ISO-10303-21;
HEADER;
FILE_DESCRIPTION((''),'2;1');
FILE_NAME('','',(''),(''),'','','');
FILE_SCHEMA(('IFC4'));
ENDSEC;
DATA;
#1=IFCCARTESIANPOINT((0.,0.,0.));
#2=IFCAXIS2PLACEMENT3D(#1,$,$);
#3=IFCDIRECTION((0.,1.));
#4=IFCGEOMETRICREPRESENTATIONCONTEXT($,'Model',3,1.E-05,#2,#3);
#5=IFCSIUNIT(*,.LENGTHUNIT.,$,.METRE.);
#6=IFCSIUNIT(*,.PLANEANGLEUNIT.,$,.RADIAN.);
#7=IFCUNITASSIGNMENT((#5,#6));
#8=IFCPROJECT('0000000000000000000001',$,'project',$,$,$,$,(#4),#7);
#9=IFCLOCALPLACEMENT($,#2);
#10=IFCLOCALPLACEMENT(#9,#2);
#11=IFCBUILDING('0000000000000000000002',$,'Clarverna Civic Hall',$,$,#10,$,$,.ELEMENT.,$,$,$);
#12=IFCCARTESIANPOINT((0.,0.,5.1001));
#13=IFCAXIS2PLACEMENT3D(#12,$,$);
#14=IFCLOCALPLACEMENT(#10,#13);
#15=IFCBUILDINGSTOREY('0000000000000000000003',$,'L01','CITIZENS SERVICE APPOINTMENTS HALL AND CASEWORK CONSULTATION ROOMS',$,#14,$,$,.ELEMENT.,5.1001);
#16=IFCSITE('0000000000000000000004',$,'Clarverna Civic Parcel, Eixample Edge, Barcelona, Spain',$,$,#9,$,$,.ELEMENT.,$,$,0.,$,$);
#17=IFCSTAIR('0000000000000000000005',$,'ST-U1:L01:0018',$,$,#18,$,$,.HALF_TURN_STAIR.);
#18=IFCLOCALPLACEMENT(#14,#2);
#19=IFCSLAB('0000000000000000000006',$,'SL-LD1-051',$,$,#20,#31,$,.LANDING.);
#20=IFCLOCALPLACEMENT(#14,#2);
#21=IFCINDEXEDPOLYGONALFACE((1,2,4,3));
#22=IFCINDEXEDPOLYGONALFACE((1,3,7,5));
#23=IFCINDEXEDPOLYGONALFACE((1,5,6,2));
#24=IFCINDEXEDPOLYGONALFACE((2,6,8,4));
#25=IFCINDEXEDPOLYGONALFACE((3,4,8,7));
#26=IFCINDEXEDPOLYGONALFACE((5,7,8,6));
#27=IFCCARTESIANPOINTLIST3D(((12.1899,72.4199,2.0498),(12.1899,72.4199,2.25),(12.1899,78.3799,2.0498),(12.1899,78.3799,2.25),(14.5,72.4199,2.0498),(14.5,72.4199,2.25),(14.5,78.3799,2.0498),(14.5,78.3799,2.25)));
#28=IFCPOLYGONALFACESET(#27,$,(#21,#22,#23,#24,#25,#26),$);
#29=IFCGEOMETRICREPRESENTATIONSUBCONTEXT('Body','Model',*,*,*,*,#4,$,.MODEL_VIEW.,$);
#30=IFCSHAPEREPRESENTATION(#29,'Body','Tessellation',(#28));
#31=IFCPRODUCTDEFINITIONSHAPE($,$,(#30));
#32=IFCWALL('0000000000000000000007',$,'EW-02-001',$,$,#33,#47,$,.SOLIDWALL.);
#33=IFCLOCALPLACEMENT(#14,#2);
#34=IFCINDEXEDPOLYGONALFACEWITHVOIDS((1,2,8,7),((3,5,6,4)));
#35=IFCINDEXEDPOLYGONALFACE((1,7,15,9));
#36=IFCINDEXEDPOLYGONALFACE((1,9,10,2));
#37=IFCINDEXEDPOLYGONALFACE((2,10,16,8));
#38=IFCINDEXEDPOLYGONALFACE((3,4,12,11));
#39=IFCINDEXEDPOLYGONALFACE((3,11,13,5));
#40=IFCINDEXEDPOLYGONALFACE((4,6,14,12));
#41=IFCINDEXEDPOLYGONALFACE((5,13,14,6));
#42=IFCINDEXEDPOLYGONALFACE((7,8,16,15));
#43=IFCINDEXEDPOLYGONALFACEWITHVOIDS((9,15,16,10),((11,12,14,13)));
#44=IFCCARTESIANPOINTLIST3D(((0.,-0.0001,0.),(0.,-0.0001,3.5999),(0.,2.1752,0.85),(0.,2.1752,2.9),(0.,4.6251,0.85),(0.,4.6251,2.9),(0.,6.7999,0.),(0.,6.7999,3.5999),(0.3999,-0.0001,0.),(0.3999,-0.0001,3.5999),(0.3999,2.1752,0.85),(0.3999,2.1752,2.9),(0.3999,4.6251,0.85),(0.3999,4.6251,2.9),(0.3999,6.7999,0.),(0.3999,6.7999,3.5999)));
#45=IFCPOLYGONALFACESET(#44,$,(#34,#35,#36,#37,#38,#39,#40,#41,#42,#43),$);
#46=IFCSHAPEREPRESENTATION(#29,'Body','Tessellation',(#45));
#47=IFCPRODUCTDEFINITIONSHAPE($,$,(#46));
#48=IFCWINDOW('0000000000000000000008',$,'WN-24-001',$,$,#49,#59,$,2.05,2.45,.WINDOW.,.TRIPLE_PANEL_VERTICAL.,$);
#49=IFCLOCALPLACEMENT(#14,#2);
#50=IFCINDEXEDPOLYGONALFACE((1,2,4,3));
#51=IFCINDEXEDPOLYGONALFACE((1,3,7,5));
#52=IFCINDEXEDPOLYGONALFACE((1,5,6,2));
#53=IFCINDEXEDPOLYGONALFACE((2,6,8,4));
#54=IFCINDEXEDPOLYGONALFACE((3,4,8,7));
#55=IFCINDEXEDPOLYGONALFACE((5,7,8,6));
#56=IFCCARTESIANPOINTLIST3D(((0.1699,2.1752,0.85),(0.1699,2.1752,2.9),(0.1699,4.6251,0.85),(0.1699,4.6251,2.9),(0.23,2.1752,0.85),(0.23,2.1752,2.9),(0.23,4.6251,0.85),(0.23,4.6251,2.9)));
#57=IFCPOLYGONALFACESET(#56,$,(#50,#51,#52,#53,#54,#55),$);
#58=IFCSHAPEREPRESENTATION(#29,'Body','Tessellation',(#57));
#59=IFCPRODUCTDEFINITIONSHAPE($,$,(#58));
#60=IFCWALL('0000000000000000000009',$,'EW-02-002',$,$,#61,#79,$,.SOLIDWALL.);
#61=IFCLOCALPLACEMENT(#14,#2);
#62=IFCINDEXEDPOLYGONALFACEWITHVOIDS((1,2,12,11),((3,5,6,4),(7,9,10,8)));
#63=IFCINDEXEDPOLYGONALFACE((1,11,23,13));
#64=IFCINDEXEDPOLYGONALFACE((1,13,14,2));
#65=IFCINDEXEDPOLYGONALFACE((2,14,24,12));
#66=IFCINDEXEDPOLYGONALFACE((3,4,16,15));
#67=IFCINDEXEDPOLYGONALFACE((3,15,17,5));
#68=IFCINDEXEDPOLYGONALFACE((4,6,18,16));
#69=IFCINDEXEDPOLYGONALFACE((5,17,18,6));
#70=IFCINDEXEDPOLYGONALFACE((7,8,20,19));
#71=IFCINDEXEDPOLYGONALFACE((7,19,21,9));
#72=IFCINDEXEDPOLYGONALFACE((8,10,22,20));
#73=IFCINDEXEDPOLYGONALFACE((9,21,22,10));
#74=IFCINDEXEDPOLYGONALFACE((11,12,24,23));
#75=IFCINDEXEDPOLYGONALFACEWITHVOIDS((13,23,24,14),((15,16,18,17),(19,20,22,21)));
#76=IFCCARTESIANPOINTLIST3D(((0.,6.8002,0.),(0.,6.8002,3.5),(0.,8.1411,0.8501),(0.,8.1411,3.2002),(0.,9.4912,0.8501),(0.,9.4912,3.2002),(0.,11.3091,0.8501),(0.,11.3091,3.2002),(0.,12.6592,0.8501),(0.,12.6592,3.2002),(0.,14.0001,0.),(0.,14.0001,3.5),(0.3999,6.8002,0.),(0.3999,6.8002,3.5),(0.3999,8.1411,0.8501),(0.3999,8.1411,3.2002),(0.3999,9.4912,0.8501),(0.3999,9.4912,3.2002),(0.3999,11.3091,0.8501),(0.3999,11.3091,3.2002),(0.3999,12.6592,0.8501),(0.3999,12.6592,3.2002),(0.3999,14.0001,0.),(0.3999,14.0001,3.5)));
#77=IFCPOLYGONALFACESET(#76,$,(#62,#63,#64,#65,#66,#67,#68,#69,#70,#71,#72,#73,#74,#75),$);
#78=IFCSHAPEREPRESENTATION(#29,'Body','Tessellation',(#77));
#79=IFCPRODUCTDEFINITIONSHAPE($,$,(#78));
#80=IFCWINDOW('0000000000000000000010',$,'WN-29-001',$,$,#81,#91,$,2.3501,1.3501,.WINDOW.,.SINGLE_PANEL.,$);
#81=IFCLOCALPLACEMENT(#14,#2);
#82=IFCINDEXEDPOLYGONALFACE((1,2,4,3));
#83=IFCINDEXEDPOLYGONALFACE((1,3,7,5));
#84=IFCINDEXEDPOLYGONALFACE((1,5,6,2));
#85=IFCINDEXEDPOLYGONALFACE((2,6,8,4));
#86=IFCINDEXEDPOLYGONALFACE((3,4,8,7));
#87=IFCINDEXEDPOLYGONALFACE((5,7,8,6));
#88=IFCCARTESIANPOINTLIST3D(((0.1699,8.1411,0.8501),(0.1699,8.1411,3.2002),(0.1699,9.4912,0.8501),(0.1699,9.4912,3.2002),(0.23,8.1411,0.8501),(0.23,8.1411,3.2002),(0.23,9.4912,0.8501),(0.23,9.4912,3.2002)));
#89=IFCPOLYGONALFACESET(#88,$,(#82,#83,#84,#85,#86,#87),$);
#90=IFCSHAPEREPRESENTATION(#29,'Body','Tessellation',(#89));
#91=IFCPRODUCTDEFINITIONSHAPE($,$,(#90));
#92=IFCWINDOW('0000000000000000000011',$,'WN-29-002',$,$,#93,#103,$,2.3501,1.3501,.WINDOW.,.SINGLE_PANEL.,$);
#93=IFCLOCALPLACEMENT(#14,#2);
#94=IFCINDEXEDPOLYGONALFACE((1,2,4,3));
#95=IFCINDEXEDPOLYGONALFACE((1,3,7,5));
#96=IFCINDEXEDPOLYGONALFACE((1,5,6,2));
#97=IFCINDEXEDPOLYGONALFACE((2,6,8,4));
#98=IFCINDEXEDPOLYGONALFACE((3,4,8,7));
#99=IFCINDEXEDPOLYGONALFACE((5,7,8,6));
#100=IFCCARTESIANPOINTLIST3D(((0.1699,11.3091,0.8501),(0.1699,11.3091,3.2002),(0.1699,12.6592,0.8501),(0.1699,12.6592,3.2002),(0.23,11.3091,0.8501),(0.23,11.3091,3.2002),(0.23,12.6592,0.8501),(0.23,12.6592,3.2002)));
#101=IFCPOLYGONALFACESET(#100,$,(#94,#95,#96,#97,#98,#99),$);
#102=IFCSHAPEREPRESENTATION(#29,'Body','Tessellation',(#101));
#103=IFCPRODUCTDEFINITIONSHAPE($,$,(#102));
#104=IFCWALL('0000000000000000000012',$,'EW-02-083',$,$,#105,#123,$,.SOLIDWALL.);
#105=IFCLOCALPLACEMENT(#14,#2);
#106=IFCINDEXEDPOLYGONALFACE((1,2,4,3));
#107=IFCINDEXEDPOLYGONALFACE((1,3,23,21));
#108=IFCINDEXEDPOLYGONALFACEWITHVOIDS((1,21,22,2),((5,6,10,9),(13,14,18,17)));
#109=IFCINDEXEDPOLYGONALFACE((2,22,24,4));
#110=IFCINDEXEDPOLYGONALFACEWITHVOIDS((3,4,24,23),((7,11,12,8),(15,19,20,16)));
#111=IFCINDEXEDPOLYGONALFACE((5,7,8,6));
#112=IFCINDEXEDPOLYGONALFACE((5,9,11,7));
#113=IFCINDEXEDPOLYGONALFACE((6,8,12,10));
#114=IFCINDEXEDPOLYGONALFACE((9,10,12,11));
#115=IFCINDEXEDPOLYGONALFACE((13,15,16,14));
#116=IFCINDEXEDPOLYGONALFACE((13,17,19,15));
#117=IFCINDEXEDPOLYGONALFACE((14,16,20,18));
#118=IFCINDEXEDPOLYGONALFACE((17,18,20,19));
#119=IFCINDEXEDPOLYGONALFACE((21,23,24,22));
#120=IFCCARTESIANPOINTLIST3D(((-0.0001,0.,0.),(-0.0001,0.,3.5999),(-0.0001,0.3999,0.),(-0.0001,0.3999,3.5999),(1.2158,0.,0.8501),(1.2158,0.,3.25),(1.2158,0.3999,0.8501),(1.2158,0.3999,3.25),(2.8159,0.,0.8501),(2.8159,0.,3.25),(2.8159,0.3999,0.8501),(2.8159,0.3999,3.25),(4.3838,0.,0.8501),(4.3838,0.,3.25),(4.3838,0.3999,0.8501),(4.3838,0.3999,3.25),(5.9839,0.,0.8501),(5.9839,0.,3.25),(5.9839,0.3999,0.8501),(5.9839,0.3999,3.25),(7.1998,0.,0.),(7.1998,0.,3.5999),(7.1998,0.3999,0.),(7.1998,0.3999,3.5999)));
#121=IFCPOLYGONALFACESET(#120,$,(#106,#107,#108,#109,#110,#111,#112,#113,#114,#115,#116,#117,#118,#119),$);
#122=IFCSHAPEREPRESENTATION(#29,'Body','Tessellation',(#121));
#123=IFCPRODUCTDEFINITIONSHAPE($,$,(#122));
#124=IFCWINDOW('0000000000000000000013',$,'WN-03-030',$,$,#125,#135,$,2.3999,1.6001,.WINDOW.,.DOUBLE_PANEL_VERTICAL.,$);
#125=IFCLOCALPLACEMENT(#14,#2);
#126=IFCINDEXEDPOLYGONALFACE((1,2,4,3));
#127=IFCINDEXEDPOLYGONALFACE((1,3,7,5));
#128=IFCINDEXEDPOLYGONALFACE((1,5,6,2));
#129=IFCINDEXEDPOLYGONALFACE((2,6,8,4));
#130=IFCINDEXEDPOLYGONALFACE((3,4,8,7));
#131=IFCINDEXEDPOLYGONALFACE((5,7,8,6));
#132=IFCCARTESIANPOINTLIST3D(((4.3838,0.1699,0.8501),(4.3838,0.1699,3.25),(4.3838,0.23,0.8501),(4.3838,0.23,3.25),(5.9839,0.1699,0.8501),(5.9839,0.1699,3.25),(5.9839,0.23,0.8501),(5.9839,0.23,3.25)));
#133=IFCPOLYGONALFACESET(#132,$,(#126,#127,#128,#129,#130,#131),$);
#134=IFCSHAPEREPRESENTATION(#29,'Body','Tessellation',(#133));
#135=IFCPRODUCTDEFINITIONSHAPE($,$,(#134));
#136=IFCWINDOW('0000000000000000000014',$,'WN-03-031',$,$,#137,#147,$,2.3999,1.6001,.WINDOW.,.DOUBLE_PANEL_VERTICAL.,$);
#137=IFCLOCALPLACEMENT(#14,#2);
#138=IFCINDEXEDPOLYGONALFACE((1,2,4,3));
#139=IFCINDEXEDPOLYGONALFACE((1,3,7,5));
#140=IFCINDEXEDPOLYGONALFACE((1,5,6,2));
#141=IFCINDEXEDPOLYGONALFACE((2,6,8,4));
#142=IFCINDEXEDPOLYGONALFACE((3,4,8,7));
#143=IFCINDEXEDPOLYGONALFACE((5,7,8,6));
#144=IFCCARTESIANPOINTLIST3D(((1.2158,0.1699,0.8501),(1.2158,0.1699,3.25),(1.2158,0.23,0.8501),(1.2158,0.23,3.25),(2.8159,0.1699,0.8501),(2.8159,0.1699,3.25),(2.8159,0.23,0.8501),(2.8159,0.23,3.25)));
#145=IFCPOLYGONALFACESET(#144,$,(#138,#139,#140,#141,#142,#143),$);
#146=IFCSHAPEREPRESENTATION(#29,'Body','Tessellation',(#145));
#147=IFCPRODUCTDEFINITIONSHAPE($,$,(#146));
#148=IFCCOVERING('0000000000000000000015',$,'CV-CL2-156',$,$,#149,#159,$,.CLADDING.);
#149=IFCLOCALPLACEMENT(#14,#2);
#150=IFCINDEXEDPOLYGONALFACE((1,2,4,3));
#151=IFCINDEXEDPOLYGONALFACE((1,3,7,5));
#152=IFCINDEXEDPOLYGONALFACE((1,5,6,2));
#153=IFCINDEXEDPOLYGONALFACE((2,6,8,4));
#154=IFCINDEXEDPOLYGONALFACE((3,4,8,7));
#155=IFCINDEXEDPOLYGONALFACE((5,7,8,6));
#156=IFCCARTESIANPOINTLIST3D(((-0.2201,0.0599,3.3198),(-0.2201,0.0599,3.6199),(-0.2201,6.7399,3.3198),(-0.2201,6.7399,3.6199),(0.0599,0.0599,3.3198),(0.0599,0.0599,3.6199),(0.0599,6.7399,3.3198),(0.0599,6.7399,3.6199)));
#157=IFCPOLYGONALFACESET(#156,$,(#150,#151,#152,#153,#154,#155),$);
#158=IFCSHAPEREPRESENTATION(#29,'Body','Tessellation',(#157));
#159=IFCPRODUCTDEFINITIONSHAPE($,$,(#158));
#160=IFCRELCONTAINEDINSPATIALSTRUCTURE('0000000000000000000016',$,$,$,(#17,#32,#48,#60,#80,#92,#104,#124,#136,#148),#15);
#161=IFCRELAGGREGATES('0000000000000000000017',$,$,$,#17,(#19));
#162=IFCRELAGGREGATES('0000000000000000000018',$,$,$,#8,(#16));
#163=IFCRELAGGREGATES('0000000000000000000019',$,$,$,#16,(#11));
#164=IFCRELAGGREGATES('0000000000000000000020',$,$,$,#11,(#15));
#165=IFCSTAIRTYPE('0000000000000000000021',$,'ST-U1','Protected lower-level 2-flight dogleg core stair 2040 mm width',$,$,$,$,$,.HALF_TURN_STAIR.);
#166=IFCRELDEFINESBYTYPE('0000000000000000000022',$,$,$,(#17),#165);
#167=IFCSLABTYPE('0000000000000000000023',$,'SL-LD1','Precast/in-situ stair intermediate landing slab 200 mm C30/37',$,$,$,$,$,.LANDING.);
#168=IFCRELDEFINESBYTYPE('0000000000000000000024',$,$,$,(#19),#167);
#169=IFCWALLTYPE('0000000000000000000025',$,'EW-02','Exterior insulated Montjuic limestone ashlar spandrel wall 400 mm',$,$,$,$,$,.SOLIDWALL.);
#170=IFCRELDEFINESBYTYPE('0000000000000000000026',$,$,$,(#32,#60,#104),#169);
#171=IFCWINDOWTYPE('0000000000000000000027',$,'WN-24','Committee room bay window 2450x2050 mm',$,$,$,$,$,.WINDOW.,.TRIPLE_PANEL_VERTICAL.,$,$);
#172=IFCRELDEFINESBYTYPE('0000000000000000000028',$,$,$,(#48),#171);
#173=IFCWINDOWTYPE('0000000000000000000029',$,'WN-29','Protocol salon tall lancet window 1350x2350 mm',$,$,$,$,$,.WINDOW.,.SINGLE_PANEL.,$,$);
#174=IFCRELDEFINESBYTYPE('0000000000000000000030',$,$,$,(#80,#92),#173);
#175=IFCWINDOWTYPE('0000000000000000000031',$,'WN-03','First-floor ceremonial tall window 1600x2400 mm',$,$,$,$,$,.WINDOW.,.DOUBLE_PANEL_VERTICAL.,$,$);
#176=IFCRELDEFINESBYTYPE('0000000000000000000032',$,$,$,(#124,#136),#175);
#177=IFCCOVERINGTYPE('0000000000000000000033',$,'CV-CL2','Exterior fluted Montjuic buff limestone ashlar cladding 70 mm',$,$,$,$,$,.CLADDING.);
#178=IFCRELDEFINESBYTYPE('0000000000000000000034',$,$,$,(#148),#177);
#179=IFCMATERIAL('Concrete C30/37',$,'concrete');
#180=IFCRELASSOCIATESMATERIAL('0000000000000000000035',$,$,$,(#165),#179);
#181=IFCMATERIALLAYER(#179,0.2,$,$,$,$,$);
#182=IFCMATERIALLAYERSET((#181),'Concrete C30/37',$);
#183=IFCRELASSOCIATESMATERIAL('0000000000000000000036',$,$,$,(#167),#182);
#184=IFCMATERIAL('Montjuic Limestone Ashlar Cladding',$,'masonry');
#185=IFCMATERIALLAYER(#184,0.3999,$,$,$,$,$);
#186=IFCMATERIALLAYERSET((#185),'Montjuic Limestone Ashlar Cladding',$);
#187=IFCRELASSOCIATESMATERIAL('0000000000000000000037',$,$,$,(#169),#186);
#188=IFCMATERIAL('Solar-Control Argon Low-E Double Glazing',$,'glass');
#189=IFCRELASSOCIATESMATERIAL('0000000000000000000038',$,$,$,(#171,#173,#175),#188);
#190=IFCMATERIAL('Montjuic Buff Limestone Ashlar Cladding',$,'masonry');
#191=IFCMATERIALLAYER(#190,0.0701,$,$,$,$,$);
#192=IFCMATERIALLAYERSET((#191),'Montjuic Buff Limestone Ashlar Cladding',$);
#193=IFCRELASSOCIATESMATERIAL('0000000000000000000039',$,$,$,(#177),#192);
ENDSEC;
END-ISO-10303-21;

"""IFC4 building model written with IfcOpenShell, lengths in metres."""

from ifc_helpers import new_model, si_unit, direction, frame, frame_2d, origin, place, context, subcontext, project, spatial, polyline, rectangle, outline, extrude, material, layer, layer_set, type_object, element, fill, aggregate, save


model = new_model("IFC4")

# Units and contexts
model_context = context("Model", 3, precision=1e-05, world=origin(), true_north=direction((0.0, 1.0)))
body_context = subcontext(model_context, "Body", "Model", "MODEL_VIEW")
ifc_project = project(units=[si_unit("LENGTHUNIT", "METRE"), si_unit("PLANEANGLEUNIT", "RADIAN")], contexts=[model_context])

# Site, building, storey
site_placement = place(None, origin())
site = spatial("IfcSite", under=ifc_project, at=site_placement, Name="Clarverna Civic Parcel, Eixample Edge, Barcelona, Spain", CompositionType="ELEMENT", RefElevation=0.0)
building_placement = place(site_placement, origin())
building = spatial("IfcBuilding", under=site, at=building_placement, Name="Clarverna Civic Hall", CompositionType="ELEMENT")
storey_placement = place(building_placement, frame((0.0, 0.0, 5.1001)))
storey = spatial("IfcBuildingStorey", under=building, at=storey_placement, Name="L01", Description="CITIZENS SERVICE APPOINTMENTS HALL AND CASEWORK CONSULTATION ROOMS", CompositionType="ELEMENT", Elevation=5.1001)

# Stair, slab
ifc_material_1 = material(Name="Concrete C30/37", Category="concrete")
stair_type = type_object("IfcStairType", Name="ST-U1", Description="Protected lower-level 2-flight dogleg core stair 2040 mm width", PredefinedType="HALF_TURN_STAIR", material=ifc_material_1)
ifc_layer_1 = layer(ifc_material_1, 0.2)
ifc_layer_set_1 = layer_set([ifc_layer_1], Name="Concrete C30/37")
slab_type = type_object("IfcSlabType", Name="SL-LD1", Description="Precast/in-situ stair intermediate landing slab 200 mm C30/37", PredefinedType="LANDING", material=ifc_layer_set_1)
stair_1_placement = place(storey_placement, origin())
stair_1 = element("IfcStair", 1, at=stair_1_placement, inside=storey, type_object=stair_type, Name="ST-U1:L01:0018", PredefinedType="HALF_TURN_STAIR")
slab_1_placement = place(storey_placement, frame((0.0, 0.0, 2.0498)))
slab_1 = element("IfcSlab", 2, at=slab_1_placement, type_object=slab_type, Name="SL-LD1-051", PredefinedType="LANDING", context=body_context, shape_type="SweptSolid", body=[
    extrude(outline(polyline([(12.1899, 72.4199), (14.5, 72.4199), (14.5, 78.3799), (12.1899, 78.3799), (12.1899, 72.4199)])), origin(), (0.0, 0.0, 1.0), 0.2002),
])
aggregate(stair_1, [slab_1])

# Wall, opening, window
ifc_material_2 = material(Name="Montjuic Limestone Ashlar Cladding", Category="masonry")
ifc_layer_2 = layer(ifc_material_2, 0.3999)
ifc_layer_set_2 = layer_set([ifc_layer_2], Name="Montjuic Limestone Ashlar Cladding")
wall_type = type_object("IfcWallType", Name="EW-02", Description="Exterior insulated Montjuic limestone ashlar spandrel wall 400 mm", PredefinedType="SOLIDWALL", material=ifc_layer_set_2)
wall_1_placement = place(storey_placement, frame((0.2, 0.0, 0.0), z_axis=(0.0, 0.0, 1.0), x_axis=(0.0, 1.0, 0.0)))
wall_1 = element("IfcWall", 3, at=wall_1_placement, inside=storey, type_object=wall_type, Name="EW-02-001", PredefinedType="SOLIDWALL", context=body_context, shape_type="SweptSolid", body=[
    extrude(rectangle(XDim=6.8, YDim=0.3999, at=frame_2d((3.3999, 0.0))), origin(), (0.0, 0.0, 1.0), 3.5999),
])
opening_1_placement = place(wall_1_placement, frame((2.175, 0.0, 0.8501)))
opening_1 = element("IfcOpeningElement", 4, at=opening_1_placement, cuts=wall_1, PredefinedType="OPENING", context=body_context, shape_type="SweptSolid", body=[
    extrude(rectangle(XDim=2.45, YDim=2.05, at=frame_2d((1.2251, 1.0249))), frame((0.0, 0.21, 0.0), z_axis=(0.0, -1.0, 0.0), x_axis=(1.0, 0.0, 0.0)), (0.0, 0.0, 1.0), 0.4199),
])
ifc_material_3 = material(Name="Solar-Control Argon Low-E Double Glazing", Category="glass")
window_type_1 = type_object("IfcWindowType", Name="WN-24", Description="Committee room bay window 2450x2050 mm", PartitioningType="TRIPLE_PANEL_VERTICAL", PredefinedType="WINDOW", material=ifc_material_3)
window_1_placement = place(opening_1_placement, origin())
window_1 = element("IfcWindow", 5, at=window_1_placement, inside=storey, type_object=window_type_1, Name="WN-24-001", OverallHeight=2.05, OverallWidth=2.45, PartitioningType="TRIPLE_PANEL_VERTICAL", PredefinedType="WINDOW", context=body_context, shape_type="SweptSolid", body=[
    extrude(rectangle(XDim=2.45, YDim=2.05, at=frame_2d((1.2251, 1.0249))), frame((0.0, 0.03, 0.0), z_axis=(0.0, -1.0, 0.0), x_axis=(1.0, 0.0, 0.0)), (0.0, 0.0, 1.0), 0.0601),
])
fill(opening_1, window_1)

# Walls, openings, windows
wall_2_placement = place(storey_placement, frame((0.2, 6.8, 0.0), z_axis=(0.0, 0.0, 1.0), x_axis=(0.0, 1.0, 0.0)))
wall_2 = element("IfcWall", 6, at=wall_2_placement, inside=storey, type_object=wall_type, Name="EW-02-002", PredefinedType="SOLIDWALL", context=body_context, shape_type="SweptSolid", body=[
    extrude(rectangle(XDim=7.2, YDim=0.3999, at=frame_2d((3.6001, 0.0))), origin(), (0.0, 0.0, 1.0), 3.5),
])
opening_2_placement = place(wall_2_placement, frame((1.3411, 0.0, 0.8501)))
opening_2 = element("IfcOpeningElement", 7, at=opening_2_placement, cuts=wall_2, PredefinedType="OPENING", context=body_context, shape_type="SweptSolid", body=[
    extrude(rectangle(XDim=1.3501, YDim=2.3501, at=frame_2d((0.675, 1.175))), frame((0.0, 0.21, 0.0), z_axis=(0.0, -1.0, 0.0), x_axis=(1.0, 0.0, 0.0)), (0.0, 0.0, 1.0), 0.4199),
])
opening_3_placement = place(wall_2_placement, frame((4.509, 0.0, 0.8501)))
opening_3 = element("IfcOpeningElement", 8, at=opening_3_placement, cuts=wall_2, PredefinedType="OPENING", context=body_context, shape_type="SweptSolid", body=[
    extrude(rectangle(XDim=1.3501, YDim=2.3501, at=frame_2d((0.675, 1.175))), frame((0.0, 0.21, 0.0), z_axis=(0.0, -1.0, 0.0), x_axis=(1.0, 0.0, 0.0)), (0.0, 0.0, 1.0), 0.4199),
])
window_type_2 = type_object("IfcWindowType", Name="WN-29", Description="Protocol salon tall lancet window 1350x2350 mm", PartitioningType="SINGLE_PANEL", PredefinedType="WINDOW", material=ifc_material_3)
window_2_placement = place(opening_2_placement, origin())
window_2 = element("IfcWindow", 9, at=window_2_placement, inside=storey, type_object=window_type_2, Name="WN-29-001", OverallHeight=2.3501, OverallWidth=1.3501, PartitioningType="SINGLE_PANEL", PredefinedType="WINDOW", context=body_context, shape_type="SweptSolid", body=[
    extrude(rectangle(XDim=1.3501, YDim=2.3501, at=frame_2d((0.675, 1.175))), frame((0.0, 0.03, 0.0), z_axis=(0.0, -1.0, 0.0), x_axis=(1.0, 0.0, 0.0)), (0.0, 0.0, 1.0), 0.0601),
])
fill(opening_2, window_2)
window_3_placement = place(opening_3_placement, origin())
window_3 = element("IfcWindow", 10, at=window_3_placement, inside=storey, type_object=window_type_2, Name="WN-29-002", OverallHeight=2.3501, OverallWidth=1.3501, PartitioningType="SINGLE_PANEL", PredefinedType="WINDOW", context=body_context, shape_type="SweptSolid", body=[
    extrude(rectangle(XDim=1.3501, YDim=2.3501, at=frame_2d((0.675, 1.175))), frame((0.0, 0.03, 0.0), z_axis=(0.0, -1.0, 0.0), x_axis=(1.0, 0.0, 0.0)), (0.0, 0.0, 1.0), 0.0601),
])
fill(opening_3, window_3)
wall_3_placement = place(storey_placement, frame((7.2, 0.2, 0.0), z_axis=(0.0, 0.0, 1.0), x_axis=(-1.0, 0.0, 0.0)))
wall_3 = element("IfcWall", 11, at=wall_3_placement, inside=storey, type_object=wall_type, Name="EW-02-083", PredefinedType="SOLIDWALL", context=body_context, shape_type="SweptSolid", body=[
    extrude(rectangle(XDim=7.2, YDim=0.3999, at=frame_2d((3.6001, 0.0))), origin(), (0.0, 0.0, 1.0), 3.5999),
])
opening_4_placement = place(wall_3_placement, frame((1.2161, 0.0, 0.8501)))
opening_4 = element("IfcOpeningElement", 12, at=opening_4_placement, cuts=wall_3, PredefinedType="OPENING", context=body_context, shape_type="SweptSolid", body=[
    extrude(rectangle(XDim=1.6001, YDim=2.3999, at=frame_2d((0.8, 1.2))), frame((0.0, 0.21, 0.0), z_axis=(0.0, -1.0, 0.0), x_axis=(1.0, 0.0, 0.0)), (0.0, 0.0, 1.0), 0.4199),
])
opening_5_placement = place(wall_3_placement, frame((4.384, 0.0, 0.8501)))
opening_5 = element("IfcOpeningElement", 13, at=opening_5_placement, cuts=wall_3, PredefinedType="OPENING", context=body_context, shape_type="SweptSolid", body=[
    extrude(rectangle(XDim=1.6001, YDim=2.3999, at=frame_2d((0.8, 1.2))), frame((0.0, 0.21, 0.0), z_axis=(0.0, -1.0, 0.0), x_axis=(1.0, 0.0, 0.0)), (0.0, 0.0, 1.0), 0.4199),
])
window_type_3 = type_object("IfcWindowType", Name="WN-03", Description="First-floor ceremonial tall window 1600x2400 mm", PartitioningType="DOUBLE_PANEL_VERTICAL", PredefinedType="WINDOW", material=ifc_material_3)
window_4_placement = place(opening_4_placement, origin())
window_4 = element("IfcWindow", 14, at=window_4_placement, inside=storey, type_object=window_type_3, Name="WN-03-030", OverallHeight=2.3999, OverallWidth=1.6001, PartitioningType="DOUBLE_PANEL_VERTICAL", PredefinedType="WINDOW", context=body_context, shape_type="SweptSolid", body=[
    extrude(rectangle(XDim=1.6001, YDim=2.3999, at=frame_2d((0.8, 1.2))), frame((0.0, 0.03, 0.0), z_axis=(0.0, -1.0, 0.0), x_axis=(1.0, 0.0, 0.0)), (0.0, 0.0, 1.0), 0.0601),
])
fill(opening_4, window_4)
window_5_placement = place(opening_5_placement, origin())
window_5 = element("IfcWindow", 15, at=window_5_placement, inside=storey, type_object=window_type_3, Name="WN-03-031", OverallHeight=2.3999, OverallWidth=1.6001, PartitioningType="DOUBLE_PANEL_VERTICAL", PredefinedType="WINDOW", context=body_context, shape_type="SweptSolid", body=[
    extrude(rectangle(XDim=1.6001, YDim=2.3999, at=frame_2d((0.8, 1.2))), frame((0.0, 0.03, 0.0), z_axis=(0.0, -1.0, 0.0), x_axis=(1.0, 0.0, 0.0)), (0.0, 0.0, 1.0), 0.0601),
])
fill(opening_5, window_5)

# Covering
ifc_material_4 = material(Name="Montjuic Buff Limestone Ashlar Cladding", Category="masonry")
ifc_layer_3 = layer(ifc_material_4, 0.0701)
ifc_layer_set_3 = layer_set([ifc_layer_3], Name="Montjuic Buff Limestone Ashlar Cladding")
covering_type = type_object("IfcCoveringType", Name="CV-CL2", Description="Exterior fluted Montjuic buff limestone ashlar cladding 70 mm", PredefinedType="CLADDING", material=ifc_layer_set_3)
covering_placement = place(storey_placement, frame((-0.0801, 0.0601, 3.3198), z_axis=(0.0, 0.0, 1.0), x_axis=(0.0, 1.0, 0.0)))
element("IfcCovering", 16, at=covering_placement, inside=storey, type_object=covering_type, Name="CV-CL2-156", PredefinedType="CLADDING", context=body_context, shape_type="SweptSolid", body=[
    extrude(rectangle(XDim=6.6799, YDim=0.28, at=frame_2d((3.3398, 0.0))), origin(), (0.0, 0.0, 1.0), 0.3),
])

save(model, "model.ifc")
